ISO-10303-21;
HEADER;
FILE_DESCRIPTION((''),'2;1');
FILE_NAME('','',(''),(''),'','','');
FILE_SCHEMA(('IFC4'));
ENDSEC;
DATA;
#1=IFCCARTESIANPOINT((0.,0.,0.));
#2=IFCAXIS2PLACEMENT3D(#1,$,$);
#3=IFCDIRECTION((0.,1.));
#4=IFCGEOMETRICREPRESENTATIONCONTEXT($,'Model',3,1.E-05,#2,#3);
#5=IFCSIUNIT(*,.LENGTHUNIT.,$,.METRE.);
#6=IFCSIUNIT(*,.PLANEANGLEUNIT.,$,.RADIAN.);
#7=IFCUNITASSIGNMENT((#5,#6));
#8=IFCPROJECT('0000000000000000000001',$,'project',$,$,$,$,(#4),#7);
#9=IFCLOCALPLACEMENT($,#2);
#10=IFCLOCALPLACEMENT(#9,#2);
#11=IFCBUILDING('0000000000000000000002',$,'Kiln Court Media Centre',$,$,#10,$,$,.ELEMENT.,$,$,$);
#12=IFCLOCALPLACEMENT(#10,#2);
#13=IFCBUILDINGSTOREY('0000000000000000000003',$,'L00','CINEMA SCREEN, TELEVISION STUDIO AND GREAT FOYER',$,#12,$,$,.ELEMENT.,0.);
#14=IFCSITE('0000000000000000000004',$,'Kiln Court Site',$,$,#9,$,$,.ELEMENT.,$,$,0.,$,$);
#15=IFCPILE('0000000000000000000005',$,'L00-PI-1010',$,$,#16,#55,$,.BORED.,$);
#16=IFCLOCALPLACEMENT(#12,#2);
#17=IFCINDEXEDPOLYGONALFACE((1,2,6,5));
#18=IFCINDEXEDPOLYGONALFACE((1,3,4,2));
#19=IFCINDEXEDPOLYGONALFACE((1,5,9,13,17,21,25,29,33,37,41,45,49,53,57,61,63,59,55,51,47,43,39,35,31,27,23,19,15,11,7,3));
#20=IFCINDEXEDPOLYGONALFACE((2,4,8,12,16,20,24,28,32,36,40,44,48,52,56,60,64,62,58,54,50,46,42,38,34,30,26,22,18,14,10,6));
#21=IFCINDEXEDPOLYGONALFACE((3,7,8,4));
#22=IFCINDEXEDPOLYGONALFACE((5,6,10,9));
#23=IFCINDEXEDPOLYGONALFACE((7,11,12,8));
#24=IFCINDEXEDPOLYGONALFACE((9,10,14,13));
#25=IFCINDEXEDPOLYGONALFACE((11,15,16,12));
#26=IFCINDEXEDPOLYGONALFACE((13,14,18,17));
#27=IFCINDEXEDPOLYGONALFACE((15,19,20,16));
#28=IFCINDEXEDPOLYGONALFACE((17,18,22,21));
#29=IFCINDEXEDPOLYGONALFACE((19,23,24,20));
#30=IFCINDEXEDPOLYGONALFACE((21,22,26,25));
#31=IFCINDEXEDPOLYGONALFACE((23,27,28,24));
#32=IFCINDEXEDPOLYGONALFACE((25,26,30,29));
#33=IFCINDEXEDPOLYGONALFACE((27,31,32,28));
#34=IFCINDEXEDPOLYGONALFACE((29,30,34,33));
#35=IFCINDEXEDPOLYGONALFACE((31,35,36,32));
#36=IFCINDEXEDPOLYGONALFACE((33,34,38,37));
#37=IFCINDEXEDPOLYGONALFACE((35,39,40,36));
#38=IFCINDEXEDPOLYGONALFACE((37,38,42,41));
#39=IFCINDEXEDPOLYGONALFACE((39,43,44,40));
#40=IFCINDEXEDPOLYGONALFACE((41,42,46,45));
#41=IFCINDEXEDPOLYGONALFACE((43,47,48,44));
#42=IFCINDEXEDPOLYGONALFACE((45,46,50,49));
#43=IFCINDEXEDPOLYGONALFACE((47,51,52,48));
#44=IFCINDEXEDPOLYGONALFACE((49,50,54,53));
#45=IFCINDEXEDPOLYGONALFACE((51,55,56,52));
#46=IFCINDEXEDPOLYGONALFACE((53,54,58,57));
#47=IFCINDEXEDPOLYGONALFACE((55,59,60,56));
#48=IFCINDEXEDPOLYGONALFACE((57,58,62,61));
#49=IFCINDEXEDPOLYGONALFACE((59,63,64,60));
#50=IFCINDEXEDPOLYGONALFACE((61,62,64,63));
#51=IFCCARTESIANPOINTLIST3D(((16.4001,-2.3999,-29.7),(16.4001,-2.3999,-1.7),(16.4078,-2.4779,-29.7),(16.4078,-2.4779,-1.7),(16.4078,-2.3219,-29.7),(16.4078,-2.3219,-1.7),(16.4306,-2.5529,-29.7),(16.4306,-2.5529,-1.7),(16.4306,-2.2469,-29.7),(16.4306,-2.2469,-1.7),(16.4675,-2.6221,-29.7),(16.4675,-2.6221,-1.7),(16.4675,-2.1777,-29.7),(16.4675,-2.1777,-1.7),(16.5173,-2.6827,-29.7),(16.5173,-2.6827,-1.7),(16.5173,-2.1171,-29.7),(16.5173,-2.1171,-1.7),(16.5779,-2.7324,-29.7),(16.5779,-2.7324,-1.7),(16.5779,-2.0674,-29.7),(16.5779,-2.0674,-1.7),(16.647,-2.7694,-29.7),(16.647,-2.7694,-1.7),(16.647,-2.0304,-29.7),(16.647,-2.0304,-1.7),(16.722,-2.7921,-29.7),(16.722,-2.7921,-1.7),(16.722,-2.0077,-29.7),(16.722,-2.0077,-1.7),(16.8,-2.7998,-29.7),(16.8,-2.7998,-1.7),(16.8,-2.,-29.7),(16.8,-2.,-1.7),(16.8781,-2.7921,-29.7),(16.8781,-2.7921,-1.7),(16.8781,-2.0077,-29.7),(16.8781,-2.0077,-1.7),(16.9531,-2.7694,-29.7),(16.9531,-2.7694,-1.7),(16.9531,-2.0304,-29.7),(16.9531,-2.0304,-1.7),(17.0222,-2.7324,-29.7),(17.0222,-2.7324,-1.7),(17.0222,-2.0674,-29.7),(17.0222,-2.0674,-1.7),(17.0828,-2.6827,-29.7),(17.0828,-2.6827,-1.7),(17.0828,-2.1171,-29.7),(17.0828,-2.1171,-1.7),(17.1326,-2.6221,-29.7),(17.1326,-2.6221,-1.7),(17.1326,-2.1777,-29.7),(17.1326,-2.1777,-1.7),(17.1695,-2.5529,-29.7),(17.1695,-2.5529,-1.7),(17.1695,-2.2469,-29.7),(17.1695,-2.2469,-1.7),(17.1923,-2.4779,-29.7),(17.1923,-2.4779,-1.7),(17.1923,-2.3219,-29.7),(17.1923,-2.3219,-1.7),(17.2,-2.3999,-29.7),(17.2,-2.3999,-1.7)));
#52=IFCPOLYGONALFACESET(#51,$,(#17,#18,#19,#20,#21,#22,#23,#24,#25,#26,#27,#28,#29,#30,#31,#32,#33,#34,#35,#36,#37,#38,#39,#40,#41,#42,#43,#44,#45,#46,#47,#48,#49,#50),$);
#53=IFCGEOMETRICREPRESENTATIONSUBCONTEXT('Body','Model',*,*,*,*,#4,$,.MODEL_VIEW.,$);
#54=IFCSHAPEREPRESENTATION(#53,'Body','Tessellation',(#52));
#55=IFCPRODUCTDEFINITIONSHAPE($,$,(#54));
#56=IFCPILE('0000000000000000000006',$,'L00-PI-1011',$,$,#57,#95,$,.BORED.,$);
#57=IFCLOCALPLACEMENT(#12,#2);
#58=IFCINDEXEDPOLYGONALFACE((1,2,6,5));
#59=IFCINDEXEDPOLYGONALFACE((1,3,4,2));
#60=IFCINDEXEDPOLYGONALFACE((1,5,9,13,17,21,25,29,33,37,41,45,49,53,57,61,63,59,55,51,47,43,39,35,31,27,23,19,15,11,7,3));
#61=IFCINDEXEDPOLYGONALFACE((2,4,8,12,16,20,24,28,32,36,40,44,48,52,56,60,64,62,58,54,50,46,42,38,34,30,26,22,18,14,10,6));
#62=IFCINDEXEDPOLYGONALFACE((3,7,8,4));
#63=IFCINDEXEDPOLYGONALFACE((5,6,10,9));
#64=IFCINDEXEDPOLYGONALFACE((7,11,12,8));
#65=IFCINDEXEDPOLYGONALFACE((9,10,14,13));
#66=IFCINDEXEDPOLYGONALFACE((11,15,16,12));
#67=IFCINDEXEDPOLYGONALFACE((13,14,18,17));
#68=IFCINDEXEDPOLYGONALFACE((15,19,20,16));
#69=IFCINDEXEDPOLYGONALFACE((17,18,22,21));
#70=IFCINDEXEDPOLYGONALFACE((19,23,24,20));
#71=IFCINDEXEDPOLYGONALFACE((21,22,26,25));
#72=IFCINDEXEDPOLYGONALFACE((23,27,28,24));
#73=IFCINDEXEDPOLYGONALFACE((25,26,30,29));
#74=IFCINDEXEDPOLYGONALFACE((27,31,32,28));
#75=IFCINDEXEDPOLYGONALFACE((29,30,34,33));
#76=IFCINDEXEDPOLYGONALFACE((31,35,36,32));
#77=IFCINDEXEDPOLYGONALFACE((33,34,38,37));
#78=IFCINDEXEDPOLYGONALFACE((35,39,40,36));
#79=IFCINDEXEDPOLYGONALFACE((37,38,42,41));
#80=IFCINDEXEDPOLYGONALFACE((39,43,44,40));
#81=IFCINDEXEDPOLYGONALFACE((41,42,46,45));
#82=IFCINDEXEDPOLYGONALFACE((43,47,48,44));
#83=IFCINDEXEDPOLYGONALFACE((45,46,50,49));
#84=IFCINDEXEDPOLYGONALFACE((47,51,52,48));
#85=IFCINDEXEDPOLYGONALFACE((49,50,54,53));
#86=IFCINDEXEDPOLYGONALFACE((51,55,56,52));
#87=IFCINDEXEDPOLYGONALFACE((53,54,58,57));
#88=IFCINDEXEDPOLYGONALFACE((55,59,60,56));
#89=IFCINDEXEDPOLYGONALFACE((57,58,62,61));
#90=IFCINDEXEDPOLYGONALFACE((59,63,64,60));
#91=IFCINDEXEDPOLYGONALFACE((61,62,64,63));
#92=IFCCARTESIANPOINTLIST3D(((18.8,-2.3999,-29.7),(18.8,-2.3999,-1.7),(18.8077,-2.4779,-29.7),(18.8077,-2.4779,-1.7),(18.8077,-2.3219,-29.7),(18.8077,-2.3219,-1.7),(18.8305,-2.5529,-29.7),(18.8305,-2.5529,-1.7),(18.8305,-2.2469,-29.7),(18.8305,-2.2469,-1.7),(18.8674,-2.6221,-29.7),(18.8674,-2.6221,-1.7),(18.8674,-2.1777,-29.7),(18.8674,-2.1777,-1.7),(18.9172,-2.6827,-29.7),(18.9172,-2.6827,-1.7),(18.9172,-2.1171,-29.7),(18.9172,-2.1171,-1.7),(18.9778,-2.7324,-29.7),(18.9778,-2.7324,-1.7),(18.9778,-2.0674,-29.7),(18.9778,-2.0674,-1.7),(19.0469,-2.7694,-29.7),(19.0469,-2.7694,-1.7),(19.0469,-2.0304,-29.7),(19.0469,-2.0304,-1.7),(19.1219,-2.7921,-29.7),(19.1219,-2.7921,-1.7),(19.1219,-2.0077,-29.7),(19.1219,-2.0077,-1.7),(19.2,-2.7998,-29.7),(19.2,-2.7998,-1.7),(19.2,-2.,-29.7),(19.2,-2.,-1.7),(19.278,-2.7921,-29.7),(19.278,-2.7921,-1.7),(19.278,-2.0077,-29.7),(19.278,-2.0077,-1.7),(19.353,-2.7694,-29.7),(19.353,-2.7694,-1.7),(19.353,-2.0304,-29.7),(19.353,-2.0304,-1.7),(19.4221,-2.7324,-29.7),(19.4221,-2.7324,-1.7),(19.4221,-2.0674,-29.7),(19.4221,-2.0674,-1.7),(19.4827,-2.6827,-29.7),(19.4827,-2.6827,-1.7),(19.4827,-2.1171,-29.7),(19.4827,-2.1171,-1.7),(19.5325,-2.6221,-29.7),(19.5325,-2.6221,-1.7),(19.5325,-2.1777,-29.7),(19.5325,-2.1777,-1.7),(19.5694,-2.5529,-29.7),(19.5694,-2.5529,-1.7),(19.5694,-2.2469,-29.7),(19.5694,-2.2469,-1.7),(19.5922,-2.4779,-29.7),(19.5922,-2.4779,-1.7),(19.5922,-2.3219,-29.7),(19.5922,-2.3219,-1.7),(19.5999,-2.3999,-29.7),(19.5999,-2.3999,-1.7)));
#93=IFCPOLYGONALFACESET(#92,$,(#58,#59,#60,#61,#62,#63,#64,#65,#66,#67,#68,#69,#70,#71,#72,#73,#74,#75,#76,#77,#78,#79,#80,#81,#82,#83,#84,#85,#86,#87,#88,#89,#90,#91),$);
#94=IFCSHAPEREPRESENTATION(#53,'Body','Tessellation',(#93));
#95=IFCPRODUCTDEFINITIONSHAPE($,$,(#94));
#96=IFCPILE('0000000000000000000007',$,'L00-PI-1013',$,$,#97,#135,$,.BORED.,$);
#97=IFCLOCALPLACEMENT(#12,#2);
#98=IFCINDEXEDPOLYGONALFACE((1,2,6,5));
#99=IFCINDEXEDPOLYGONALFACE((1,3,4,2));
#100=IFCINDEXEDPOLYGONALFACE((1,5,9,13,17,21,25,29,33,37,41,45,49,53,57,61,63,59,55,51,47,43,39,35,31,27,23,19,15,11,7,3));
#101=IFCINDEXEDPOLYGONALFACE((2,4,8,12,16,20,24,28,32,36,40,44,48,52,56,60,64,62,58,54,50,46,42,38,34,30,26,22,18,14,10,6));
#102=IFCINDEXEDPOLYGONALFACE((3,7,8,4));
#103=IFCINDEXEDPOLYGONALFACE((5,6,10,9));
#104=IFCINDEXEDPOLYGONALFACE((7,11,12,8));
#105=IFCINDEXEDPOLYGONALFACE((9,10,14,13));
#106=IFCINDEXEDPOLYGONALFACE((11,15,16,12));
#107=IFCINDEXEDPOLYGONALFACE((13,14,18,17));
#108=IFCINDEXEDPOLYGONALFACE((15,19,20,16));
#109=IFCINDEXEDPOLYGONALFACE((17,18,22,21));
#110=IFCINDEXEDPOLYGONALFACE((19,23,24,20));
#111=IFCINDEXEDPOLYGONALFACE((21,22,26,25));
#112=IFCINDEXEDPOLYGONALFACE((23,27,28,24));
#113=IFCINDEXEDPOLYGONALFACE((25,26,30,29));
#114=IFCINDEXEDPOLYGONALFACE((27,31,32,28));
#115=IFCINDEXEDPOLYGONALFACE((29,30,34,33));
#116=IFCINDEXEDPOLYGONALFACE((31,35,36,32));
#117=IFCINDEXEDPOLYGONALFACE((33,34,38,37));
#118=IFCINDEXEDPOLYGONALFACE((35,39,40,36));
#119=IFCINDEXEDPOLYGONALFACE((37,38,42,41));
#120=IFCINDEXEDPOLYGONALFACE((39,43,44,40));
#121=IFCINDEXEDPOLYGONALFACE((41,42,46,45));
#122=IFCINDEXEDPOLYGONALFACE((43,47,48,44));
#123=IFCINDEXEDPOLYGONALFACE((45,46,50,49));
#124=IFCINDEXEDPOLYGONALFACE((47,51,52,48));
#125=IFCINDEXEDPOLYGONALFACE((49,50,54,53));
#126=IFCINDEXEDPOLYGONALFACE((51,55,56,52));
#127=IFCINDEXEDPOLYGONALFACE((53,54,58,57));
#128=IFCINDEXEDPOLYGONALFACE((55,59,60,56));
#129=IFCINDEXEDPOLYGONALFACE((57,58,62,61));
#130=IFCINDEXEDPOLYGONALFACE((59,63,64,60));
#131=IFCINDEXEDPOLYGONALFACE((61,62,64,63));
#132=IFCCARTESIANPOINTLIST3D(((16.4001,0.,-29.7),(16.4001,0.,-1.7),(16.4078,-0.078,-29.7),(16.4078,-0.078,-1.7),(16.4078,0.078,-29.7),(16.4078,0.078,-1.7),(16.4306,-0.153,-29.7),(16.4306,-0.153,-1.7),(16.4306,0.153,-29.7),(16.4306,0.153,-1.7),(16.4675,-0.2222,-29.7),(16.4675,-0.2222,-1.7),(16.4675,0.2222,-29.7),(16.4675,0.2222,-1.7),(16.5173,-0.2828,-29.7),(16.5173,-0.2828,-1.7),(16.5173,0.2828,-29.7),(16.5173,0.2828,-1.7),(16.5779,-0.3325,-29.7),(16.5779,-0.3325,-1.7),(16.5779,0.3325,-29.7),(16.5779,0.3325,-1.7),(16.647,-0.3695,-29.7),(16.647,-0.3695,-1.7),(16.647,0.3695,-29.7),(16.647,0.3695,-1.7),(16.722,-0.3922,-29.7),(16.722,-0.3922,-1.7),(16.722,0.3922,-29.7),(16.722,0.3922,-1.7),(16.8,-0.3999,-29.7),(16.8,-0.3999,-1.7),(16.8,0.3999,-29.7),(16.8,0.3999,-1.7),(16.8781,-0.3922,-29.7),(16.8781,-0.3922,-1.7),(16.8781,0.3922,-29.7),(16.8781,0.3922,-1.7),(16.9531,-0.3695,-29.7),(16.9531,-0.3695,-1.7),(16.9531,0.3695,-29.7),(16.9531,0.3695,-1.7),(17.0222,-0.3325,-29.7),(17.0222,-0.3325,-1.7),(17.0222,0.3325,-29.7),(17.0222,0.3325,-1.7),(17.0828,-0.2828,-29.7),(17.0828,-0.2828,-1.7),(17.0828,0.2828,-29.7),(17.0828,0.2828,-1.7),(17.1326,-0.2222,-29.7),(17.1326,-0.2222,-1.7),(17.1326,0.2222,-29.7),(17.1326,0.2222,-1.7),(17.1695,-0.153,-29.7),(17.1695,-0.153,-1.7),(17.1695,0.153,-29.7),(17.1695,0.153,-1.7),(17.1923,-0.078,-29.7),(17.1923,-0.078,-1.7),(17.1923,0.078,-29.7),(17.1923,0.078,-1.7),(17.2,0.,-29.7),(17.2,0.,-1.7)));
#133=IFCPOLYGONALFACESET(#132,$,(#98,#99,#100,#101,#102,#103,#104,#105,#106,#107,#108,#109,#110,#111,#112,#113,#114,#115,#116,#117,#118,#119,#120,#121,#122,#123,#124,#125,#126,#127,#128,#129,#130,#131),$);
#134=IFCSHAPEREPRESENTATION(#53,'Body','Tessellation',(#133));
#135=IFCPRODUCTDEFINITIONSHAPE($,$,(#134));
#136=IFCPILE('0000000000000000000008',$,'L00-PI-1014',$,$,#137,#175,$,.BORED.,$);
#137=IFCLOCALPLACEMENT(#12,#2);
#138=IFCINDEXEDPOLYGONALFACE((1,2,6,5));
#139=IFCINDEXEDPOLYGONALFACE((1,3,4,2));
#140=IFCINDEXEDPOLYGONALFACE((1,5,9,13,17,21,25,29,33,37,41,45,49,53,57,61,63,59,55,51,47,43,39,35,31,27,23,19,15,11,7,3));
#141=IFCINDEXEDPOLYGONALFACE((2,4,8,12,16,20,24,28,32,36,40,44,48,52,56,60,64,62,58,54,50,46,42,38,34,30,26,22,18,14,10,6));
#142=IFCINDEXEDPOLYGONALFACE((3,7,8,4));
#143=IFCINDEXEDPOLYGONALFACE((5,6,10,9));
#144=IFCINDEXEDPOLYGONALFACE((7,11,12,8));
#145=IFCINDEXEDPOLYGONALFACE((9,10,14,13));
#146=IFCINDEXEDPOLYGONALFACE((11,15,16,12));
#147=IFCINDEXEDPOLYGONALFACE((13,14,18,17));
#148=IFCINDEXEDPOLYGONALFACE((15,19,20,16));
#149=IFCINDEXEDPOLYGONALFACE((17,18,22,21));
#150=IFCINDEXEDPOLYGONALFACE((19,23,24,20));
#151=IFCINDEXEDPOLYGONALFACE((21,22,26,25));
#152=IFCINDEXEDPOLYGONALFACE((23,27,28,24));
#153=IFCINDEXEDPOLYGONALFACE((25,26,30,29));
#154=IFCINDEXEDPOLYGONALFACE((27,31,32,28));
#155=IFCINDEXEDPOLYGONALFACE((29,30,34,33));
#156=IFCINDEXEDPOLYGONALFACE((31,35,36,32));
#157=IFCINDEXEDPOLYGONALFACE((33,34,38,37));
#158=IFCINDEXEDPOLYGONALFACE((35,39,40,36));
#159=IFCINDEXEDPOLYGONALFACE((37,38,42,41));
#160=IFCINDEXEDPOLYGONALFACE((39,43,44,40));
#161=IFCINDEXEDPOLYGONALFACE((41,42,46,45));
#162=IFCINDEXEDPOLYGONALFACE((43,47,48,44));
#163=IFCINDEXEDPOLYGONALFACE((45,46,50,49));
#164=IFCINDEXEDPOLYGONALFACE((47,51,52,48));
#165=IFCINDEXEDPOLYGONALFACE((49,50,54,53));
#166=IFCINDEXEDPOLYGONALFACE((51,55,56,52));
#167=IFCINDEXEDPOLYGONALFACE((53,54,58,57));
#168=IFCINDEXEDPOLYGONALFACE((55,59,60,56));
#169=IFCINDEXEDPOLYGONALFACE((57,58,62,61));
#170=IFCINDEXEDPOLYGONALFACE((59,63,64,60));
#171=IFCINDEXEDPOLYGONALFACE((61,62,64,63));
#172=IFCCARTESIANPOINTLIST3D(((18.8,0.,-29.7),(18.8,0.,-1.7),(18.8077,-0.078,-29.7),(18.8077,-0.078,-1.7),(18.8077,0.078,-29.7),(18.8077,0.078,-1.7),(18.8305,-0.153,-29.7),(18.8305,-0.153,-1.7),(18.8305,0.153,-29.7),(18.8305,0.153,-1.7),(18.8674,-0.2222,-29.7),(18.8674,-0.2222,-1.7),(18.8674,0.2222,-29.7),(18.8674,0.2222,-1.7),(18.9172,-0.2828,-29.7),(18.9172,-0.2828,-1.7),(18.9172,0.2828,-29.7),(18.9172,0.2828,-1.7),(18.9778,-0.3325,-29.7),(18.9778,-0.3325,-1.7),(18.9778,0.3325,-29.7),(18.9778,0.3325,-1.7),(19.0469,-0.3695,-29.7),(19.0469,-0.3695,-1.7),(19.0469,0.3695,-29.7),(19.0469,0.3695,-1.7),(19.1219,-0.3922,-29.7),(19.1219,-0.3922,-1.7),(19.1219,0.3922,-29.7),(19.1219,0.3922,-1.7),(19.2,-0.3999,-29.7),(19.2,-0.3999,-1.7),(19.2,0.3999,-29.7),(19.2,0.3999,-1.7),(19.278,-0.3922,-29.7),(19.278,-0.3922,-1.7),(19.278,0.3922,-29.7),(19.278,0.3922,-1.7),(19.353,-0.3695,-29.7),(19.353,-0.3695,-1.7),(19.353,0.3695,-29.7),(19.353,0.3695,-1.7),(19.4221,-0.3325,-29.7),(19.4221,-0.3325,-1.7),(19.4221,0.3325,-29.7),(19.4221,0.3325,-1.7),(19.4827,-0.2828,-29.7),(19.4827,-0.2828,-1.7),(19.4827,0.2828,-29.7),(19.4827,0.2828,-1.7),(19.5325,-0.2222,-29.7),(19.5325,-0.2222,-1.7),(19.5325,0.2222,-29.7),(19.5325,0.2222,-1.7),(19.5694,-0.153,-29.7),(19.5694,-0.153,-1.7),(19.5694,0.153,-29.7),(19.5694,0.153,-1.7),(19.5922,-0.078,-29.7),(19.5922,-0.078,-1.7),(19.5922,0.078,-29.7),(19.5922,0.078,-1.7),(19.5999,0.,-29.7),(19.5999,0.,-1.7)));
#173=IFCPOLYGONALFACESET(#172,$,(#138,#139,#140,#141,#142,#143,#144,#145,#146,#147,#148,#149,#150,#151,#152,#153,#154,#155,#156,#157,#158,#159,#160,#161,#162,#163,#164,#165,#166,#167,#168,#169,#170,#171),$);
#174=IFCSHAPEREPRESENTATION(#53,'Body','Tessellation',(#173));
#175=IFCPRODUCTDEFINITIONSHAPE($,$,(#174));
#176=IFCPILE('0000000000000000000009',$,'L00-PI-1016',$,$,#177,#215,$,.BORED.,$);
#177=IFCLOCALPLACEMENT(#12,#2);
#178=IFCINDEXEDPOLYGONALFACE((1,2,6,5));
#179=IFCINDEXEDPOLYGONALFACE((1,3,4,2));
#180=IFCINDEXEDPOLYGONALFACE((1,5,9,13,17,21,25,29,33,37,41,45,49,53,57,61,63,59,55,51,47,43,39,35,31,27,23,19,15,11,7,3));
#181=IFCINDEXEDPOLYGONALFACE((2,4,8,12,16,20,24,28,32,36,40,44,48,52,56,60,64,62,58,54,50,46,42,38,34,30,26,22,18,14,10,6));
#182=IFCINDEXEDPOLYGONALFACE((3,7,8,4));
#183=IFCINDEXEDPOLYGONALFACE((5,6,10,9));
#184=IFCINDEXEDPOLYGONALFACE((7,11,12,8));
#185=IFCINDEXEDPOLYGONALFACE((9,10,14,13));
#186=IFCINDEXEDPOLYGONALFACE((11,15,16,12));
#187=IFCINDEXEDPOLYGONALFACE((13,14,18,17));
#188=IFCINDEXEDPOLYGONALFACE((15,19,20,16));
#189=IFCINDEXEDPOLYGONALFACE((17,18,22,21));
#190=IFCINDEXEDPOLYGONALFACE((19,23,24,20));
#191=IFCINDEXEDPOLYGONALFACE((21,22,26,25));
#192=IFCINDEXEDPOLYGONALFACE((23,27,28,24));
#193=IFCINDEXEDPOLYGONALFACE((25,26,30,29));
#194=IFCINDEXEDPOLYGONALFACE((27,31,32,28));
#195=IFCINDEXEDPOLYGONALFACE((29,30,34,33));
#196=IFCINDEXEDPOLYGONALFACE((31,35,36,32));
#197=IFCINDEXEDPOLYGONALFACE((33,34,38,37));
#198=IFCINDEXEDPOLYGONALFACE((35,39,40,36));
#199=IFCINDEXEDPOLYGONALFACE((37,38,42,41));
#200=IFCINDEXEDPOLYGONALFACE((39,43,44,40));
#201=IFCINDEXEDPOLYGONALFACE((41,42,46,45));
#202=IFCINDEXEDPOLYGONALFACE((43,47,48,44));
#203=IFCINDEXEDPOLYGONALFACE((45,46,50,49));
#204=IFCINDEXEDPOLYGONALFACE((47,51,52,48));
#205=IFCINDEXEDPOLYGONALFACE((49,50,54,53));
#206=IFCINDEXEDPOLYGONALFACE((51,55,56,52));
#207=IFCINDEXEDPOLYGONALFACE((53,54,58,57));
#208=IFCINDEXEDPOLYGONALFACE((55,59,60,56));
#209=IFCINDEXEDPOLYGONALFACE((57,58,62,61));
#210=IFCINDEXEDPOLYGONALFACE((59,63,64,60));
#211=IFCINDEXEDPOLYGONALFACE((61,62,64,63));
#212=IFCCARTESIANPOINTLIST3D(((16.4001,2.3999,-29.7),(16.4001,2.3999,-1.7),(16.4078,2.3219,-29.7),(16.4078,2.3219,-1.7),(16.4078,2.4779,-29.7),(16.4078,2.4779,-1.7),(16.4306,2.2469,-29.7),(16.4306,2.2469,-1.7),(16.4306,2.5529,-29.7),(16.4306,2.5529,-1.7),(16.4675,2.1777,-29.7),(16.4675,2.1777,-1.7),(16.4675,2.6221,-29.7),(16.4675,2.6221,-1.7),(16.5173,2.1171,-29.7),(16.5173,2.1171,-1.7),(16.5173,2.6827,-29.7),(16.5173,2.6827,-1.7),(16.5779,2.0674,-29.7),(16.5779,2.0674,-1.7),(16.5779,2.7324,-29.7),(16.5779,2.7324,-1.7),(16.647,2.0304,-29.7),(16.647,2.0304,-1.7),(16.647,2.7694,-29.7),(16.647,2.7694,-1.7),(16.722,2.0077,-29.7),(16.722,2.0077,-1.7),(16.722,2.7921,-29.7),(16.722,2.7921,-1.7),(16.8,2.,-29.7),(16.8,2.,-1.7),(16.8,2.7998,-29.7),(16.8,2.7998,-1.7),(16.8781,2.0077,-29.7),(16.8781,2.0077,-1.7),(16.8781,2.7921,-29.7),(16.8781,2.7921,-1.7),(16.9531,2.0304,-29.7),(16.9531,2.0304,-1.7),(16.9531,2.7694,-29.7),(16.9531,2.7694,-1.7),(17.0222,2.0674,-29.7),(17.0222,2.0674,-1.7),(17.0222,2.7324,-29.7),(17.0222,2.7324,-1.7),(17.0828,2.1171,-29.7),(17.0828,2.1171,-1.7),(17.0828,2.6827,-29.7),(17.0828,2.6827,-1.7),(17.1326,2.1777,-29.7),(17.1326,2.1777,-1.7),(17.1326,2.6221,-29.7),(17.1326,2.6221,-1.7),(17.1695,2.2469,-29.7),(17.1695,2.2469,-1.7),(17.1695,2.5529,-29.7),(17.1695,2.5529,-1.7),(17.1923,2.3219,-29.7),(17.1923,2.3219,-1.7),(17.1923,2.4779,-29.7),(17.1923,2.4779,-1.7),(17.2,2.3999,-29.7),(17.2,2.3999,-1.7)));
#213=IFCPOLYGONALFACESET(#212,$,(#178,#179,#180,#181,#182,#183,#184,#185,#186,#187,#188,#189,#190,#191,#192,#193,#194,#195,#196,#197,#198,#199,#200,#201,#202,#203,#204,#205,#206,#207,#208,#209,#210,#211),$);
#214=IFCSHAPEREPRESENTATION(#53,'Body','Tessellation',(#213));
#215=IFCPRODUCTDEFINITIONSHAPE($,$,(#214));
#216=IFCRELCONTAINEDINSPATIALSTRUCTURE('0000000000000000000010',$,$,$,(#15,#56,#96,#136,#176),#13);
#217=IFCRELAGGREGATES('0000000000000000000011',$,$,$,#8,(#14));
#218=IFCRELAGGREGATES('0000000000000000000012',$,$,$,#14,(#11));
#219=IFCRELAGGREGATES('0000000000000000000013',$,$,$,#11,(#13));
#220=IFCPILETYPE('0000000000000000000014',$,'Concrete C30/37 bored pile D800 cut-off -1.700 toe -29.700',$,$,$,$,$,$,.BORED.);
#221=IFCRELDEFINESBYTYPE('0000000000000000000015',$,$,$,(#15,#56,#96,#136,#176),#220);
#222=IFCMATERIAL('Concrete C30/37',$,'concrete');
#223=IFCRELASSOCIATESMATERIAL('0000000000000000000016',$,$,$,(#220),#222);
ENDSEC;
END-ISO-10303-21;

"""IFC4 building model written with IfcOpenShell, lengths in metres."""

from ifc_helpers import new_model, si_unit, direction, frame, origin, origin_2d, place, context, subcontext, project, spatial, circle, extrude, material, material_profile, profile_set, type_object, element, save


model = new_model("IFC4")

# Units and contexts
model_context = context("Model", 3, precision=1e-05, world=origin(), true_north=direction((0.0, 1.0)))
body_context = subcontext(model_context, "Body", "Model", "MODEL_VIEW")
ifc_project = project(units=[si_unit("LENGTHUNIT", "METRE"), si_unit("PLANEANGLEUNIT", "RADIAN")], contexts=[model_context])

# Site, building, storey
site_placement = place(None, origin())
site = spatial("IfcSite", under=ifc_project, at=site_placement, Name="Kiln Court Site", CompositionType="ELEMENT", RefElevation=0.0)
building_placement = place(site_placement, origin())
building = spatial("IfcBuilding", under=site, at=building_placement, Name="Kiln Court Media Centre", CompositionType="ELEMENT")
storey_placement = place(building_placement, origin())
storey = spatial("IfcBuildingStorey", under=building, at=storey_placement, Name="L00", Description="CINEMA SCREEN, TELEVISION STUDIO AND GREAT FOYER", CompositionType="ELEMENT", Elevation=0.0)

# Piles
ifc_material_1 = material(Name="Concrete C30/37", Category="concrete")
ifc_material_profile_1 = material_profile(ifc_material_1, circle(Radius=0.3999, at=origin_2d()), Name="PILE D800")
ifc_profile_set_1 = profile_set([ifc_material_profile_1], Name="Concrete C30/37")
pile_type = type_object("IfcPileType", Name="Concrete C30/37 bored pile D800 cut-off -1.700 toe -29.700", PredefinedType="BORED", material=ifc_profile_set_1)
for number, where, z_axis, x_axis, name in (
    (1, (16.8, -2.3999, -1.7), (0.0, 0.0, -1.0), (1.0, 0.0, 0.0), "L00-PI-1010"),
    (2, (19.2, -2.3999, -1.7), (0.0, 0.0, -1.0), (1.0, 0.0, 0.0), "L00-PI-1011"),
    (3, (16.8, 0.0, -1.7), (0.0, 0.0, -1.0), (1.0, 0.0, 0.0), "L00-PI-1013"),
    (4, (19.2, 0.0, -1.7), (0.0, 0.0, -1.0), (1.0, 0.0, 0.0), "L00-PI-1014"),
    (5, (16.8, 2.3999, -1.7), (0.0, 0.0, -1.0), (1.0, 0.0, 0.0), "L00-PI-1016"),
):
    element("IfcPile", number, at=place(storey_placement, frame(where, z_axis=z_axis, x_axis=x_axis)), inside=storey, type_object=pile_type, Name=name, PredefinedType="BORED", context=body_context, shape_type="SweptSolid", body=[
        extrude(circle(Radius=0.3999, at=origin_2d()), origin(), (0.0, 0.0, 1.0), 28.0),
    ])

save(model, "model.ifc")
